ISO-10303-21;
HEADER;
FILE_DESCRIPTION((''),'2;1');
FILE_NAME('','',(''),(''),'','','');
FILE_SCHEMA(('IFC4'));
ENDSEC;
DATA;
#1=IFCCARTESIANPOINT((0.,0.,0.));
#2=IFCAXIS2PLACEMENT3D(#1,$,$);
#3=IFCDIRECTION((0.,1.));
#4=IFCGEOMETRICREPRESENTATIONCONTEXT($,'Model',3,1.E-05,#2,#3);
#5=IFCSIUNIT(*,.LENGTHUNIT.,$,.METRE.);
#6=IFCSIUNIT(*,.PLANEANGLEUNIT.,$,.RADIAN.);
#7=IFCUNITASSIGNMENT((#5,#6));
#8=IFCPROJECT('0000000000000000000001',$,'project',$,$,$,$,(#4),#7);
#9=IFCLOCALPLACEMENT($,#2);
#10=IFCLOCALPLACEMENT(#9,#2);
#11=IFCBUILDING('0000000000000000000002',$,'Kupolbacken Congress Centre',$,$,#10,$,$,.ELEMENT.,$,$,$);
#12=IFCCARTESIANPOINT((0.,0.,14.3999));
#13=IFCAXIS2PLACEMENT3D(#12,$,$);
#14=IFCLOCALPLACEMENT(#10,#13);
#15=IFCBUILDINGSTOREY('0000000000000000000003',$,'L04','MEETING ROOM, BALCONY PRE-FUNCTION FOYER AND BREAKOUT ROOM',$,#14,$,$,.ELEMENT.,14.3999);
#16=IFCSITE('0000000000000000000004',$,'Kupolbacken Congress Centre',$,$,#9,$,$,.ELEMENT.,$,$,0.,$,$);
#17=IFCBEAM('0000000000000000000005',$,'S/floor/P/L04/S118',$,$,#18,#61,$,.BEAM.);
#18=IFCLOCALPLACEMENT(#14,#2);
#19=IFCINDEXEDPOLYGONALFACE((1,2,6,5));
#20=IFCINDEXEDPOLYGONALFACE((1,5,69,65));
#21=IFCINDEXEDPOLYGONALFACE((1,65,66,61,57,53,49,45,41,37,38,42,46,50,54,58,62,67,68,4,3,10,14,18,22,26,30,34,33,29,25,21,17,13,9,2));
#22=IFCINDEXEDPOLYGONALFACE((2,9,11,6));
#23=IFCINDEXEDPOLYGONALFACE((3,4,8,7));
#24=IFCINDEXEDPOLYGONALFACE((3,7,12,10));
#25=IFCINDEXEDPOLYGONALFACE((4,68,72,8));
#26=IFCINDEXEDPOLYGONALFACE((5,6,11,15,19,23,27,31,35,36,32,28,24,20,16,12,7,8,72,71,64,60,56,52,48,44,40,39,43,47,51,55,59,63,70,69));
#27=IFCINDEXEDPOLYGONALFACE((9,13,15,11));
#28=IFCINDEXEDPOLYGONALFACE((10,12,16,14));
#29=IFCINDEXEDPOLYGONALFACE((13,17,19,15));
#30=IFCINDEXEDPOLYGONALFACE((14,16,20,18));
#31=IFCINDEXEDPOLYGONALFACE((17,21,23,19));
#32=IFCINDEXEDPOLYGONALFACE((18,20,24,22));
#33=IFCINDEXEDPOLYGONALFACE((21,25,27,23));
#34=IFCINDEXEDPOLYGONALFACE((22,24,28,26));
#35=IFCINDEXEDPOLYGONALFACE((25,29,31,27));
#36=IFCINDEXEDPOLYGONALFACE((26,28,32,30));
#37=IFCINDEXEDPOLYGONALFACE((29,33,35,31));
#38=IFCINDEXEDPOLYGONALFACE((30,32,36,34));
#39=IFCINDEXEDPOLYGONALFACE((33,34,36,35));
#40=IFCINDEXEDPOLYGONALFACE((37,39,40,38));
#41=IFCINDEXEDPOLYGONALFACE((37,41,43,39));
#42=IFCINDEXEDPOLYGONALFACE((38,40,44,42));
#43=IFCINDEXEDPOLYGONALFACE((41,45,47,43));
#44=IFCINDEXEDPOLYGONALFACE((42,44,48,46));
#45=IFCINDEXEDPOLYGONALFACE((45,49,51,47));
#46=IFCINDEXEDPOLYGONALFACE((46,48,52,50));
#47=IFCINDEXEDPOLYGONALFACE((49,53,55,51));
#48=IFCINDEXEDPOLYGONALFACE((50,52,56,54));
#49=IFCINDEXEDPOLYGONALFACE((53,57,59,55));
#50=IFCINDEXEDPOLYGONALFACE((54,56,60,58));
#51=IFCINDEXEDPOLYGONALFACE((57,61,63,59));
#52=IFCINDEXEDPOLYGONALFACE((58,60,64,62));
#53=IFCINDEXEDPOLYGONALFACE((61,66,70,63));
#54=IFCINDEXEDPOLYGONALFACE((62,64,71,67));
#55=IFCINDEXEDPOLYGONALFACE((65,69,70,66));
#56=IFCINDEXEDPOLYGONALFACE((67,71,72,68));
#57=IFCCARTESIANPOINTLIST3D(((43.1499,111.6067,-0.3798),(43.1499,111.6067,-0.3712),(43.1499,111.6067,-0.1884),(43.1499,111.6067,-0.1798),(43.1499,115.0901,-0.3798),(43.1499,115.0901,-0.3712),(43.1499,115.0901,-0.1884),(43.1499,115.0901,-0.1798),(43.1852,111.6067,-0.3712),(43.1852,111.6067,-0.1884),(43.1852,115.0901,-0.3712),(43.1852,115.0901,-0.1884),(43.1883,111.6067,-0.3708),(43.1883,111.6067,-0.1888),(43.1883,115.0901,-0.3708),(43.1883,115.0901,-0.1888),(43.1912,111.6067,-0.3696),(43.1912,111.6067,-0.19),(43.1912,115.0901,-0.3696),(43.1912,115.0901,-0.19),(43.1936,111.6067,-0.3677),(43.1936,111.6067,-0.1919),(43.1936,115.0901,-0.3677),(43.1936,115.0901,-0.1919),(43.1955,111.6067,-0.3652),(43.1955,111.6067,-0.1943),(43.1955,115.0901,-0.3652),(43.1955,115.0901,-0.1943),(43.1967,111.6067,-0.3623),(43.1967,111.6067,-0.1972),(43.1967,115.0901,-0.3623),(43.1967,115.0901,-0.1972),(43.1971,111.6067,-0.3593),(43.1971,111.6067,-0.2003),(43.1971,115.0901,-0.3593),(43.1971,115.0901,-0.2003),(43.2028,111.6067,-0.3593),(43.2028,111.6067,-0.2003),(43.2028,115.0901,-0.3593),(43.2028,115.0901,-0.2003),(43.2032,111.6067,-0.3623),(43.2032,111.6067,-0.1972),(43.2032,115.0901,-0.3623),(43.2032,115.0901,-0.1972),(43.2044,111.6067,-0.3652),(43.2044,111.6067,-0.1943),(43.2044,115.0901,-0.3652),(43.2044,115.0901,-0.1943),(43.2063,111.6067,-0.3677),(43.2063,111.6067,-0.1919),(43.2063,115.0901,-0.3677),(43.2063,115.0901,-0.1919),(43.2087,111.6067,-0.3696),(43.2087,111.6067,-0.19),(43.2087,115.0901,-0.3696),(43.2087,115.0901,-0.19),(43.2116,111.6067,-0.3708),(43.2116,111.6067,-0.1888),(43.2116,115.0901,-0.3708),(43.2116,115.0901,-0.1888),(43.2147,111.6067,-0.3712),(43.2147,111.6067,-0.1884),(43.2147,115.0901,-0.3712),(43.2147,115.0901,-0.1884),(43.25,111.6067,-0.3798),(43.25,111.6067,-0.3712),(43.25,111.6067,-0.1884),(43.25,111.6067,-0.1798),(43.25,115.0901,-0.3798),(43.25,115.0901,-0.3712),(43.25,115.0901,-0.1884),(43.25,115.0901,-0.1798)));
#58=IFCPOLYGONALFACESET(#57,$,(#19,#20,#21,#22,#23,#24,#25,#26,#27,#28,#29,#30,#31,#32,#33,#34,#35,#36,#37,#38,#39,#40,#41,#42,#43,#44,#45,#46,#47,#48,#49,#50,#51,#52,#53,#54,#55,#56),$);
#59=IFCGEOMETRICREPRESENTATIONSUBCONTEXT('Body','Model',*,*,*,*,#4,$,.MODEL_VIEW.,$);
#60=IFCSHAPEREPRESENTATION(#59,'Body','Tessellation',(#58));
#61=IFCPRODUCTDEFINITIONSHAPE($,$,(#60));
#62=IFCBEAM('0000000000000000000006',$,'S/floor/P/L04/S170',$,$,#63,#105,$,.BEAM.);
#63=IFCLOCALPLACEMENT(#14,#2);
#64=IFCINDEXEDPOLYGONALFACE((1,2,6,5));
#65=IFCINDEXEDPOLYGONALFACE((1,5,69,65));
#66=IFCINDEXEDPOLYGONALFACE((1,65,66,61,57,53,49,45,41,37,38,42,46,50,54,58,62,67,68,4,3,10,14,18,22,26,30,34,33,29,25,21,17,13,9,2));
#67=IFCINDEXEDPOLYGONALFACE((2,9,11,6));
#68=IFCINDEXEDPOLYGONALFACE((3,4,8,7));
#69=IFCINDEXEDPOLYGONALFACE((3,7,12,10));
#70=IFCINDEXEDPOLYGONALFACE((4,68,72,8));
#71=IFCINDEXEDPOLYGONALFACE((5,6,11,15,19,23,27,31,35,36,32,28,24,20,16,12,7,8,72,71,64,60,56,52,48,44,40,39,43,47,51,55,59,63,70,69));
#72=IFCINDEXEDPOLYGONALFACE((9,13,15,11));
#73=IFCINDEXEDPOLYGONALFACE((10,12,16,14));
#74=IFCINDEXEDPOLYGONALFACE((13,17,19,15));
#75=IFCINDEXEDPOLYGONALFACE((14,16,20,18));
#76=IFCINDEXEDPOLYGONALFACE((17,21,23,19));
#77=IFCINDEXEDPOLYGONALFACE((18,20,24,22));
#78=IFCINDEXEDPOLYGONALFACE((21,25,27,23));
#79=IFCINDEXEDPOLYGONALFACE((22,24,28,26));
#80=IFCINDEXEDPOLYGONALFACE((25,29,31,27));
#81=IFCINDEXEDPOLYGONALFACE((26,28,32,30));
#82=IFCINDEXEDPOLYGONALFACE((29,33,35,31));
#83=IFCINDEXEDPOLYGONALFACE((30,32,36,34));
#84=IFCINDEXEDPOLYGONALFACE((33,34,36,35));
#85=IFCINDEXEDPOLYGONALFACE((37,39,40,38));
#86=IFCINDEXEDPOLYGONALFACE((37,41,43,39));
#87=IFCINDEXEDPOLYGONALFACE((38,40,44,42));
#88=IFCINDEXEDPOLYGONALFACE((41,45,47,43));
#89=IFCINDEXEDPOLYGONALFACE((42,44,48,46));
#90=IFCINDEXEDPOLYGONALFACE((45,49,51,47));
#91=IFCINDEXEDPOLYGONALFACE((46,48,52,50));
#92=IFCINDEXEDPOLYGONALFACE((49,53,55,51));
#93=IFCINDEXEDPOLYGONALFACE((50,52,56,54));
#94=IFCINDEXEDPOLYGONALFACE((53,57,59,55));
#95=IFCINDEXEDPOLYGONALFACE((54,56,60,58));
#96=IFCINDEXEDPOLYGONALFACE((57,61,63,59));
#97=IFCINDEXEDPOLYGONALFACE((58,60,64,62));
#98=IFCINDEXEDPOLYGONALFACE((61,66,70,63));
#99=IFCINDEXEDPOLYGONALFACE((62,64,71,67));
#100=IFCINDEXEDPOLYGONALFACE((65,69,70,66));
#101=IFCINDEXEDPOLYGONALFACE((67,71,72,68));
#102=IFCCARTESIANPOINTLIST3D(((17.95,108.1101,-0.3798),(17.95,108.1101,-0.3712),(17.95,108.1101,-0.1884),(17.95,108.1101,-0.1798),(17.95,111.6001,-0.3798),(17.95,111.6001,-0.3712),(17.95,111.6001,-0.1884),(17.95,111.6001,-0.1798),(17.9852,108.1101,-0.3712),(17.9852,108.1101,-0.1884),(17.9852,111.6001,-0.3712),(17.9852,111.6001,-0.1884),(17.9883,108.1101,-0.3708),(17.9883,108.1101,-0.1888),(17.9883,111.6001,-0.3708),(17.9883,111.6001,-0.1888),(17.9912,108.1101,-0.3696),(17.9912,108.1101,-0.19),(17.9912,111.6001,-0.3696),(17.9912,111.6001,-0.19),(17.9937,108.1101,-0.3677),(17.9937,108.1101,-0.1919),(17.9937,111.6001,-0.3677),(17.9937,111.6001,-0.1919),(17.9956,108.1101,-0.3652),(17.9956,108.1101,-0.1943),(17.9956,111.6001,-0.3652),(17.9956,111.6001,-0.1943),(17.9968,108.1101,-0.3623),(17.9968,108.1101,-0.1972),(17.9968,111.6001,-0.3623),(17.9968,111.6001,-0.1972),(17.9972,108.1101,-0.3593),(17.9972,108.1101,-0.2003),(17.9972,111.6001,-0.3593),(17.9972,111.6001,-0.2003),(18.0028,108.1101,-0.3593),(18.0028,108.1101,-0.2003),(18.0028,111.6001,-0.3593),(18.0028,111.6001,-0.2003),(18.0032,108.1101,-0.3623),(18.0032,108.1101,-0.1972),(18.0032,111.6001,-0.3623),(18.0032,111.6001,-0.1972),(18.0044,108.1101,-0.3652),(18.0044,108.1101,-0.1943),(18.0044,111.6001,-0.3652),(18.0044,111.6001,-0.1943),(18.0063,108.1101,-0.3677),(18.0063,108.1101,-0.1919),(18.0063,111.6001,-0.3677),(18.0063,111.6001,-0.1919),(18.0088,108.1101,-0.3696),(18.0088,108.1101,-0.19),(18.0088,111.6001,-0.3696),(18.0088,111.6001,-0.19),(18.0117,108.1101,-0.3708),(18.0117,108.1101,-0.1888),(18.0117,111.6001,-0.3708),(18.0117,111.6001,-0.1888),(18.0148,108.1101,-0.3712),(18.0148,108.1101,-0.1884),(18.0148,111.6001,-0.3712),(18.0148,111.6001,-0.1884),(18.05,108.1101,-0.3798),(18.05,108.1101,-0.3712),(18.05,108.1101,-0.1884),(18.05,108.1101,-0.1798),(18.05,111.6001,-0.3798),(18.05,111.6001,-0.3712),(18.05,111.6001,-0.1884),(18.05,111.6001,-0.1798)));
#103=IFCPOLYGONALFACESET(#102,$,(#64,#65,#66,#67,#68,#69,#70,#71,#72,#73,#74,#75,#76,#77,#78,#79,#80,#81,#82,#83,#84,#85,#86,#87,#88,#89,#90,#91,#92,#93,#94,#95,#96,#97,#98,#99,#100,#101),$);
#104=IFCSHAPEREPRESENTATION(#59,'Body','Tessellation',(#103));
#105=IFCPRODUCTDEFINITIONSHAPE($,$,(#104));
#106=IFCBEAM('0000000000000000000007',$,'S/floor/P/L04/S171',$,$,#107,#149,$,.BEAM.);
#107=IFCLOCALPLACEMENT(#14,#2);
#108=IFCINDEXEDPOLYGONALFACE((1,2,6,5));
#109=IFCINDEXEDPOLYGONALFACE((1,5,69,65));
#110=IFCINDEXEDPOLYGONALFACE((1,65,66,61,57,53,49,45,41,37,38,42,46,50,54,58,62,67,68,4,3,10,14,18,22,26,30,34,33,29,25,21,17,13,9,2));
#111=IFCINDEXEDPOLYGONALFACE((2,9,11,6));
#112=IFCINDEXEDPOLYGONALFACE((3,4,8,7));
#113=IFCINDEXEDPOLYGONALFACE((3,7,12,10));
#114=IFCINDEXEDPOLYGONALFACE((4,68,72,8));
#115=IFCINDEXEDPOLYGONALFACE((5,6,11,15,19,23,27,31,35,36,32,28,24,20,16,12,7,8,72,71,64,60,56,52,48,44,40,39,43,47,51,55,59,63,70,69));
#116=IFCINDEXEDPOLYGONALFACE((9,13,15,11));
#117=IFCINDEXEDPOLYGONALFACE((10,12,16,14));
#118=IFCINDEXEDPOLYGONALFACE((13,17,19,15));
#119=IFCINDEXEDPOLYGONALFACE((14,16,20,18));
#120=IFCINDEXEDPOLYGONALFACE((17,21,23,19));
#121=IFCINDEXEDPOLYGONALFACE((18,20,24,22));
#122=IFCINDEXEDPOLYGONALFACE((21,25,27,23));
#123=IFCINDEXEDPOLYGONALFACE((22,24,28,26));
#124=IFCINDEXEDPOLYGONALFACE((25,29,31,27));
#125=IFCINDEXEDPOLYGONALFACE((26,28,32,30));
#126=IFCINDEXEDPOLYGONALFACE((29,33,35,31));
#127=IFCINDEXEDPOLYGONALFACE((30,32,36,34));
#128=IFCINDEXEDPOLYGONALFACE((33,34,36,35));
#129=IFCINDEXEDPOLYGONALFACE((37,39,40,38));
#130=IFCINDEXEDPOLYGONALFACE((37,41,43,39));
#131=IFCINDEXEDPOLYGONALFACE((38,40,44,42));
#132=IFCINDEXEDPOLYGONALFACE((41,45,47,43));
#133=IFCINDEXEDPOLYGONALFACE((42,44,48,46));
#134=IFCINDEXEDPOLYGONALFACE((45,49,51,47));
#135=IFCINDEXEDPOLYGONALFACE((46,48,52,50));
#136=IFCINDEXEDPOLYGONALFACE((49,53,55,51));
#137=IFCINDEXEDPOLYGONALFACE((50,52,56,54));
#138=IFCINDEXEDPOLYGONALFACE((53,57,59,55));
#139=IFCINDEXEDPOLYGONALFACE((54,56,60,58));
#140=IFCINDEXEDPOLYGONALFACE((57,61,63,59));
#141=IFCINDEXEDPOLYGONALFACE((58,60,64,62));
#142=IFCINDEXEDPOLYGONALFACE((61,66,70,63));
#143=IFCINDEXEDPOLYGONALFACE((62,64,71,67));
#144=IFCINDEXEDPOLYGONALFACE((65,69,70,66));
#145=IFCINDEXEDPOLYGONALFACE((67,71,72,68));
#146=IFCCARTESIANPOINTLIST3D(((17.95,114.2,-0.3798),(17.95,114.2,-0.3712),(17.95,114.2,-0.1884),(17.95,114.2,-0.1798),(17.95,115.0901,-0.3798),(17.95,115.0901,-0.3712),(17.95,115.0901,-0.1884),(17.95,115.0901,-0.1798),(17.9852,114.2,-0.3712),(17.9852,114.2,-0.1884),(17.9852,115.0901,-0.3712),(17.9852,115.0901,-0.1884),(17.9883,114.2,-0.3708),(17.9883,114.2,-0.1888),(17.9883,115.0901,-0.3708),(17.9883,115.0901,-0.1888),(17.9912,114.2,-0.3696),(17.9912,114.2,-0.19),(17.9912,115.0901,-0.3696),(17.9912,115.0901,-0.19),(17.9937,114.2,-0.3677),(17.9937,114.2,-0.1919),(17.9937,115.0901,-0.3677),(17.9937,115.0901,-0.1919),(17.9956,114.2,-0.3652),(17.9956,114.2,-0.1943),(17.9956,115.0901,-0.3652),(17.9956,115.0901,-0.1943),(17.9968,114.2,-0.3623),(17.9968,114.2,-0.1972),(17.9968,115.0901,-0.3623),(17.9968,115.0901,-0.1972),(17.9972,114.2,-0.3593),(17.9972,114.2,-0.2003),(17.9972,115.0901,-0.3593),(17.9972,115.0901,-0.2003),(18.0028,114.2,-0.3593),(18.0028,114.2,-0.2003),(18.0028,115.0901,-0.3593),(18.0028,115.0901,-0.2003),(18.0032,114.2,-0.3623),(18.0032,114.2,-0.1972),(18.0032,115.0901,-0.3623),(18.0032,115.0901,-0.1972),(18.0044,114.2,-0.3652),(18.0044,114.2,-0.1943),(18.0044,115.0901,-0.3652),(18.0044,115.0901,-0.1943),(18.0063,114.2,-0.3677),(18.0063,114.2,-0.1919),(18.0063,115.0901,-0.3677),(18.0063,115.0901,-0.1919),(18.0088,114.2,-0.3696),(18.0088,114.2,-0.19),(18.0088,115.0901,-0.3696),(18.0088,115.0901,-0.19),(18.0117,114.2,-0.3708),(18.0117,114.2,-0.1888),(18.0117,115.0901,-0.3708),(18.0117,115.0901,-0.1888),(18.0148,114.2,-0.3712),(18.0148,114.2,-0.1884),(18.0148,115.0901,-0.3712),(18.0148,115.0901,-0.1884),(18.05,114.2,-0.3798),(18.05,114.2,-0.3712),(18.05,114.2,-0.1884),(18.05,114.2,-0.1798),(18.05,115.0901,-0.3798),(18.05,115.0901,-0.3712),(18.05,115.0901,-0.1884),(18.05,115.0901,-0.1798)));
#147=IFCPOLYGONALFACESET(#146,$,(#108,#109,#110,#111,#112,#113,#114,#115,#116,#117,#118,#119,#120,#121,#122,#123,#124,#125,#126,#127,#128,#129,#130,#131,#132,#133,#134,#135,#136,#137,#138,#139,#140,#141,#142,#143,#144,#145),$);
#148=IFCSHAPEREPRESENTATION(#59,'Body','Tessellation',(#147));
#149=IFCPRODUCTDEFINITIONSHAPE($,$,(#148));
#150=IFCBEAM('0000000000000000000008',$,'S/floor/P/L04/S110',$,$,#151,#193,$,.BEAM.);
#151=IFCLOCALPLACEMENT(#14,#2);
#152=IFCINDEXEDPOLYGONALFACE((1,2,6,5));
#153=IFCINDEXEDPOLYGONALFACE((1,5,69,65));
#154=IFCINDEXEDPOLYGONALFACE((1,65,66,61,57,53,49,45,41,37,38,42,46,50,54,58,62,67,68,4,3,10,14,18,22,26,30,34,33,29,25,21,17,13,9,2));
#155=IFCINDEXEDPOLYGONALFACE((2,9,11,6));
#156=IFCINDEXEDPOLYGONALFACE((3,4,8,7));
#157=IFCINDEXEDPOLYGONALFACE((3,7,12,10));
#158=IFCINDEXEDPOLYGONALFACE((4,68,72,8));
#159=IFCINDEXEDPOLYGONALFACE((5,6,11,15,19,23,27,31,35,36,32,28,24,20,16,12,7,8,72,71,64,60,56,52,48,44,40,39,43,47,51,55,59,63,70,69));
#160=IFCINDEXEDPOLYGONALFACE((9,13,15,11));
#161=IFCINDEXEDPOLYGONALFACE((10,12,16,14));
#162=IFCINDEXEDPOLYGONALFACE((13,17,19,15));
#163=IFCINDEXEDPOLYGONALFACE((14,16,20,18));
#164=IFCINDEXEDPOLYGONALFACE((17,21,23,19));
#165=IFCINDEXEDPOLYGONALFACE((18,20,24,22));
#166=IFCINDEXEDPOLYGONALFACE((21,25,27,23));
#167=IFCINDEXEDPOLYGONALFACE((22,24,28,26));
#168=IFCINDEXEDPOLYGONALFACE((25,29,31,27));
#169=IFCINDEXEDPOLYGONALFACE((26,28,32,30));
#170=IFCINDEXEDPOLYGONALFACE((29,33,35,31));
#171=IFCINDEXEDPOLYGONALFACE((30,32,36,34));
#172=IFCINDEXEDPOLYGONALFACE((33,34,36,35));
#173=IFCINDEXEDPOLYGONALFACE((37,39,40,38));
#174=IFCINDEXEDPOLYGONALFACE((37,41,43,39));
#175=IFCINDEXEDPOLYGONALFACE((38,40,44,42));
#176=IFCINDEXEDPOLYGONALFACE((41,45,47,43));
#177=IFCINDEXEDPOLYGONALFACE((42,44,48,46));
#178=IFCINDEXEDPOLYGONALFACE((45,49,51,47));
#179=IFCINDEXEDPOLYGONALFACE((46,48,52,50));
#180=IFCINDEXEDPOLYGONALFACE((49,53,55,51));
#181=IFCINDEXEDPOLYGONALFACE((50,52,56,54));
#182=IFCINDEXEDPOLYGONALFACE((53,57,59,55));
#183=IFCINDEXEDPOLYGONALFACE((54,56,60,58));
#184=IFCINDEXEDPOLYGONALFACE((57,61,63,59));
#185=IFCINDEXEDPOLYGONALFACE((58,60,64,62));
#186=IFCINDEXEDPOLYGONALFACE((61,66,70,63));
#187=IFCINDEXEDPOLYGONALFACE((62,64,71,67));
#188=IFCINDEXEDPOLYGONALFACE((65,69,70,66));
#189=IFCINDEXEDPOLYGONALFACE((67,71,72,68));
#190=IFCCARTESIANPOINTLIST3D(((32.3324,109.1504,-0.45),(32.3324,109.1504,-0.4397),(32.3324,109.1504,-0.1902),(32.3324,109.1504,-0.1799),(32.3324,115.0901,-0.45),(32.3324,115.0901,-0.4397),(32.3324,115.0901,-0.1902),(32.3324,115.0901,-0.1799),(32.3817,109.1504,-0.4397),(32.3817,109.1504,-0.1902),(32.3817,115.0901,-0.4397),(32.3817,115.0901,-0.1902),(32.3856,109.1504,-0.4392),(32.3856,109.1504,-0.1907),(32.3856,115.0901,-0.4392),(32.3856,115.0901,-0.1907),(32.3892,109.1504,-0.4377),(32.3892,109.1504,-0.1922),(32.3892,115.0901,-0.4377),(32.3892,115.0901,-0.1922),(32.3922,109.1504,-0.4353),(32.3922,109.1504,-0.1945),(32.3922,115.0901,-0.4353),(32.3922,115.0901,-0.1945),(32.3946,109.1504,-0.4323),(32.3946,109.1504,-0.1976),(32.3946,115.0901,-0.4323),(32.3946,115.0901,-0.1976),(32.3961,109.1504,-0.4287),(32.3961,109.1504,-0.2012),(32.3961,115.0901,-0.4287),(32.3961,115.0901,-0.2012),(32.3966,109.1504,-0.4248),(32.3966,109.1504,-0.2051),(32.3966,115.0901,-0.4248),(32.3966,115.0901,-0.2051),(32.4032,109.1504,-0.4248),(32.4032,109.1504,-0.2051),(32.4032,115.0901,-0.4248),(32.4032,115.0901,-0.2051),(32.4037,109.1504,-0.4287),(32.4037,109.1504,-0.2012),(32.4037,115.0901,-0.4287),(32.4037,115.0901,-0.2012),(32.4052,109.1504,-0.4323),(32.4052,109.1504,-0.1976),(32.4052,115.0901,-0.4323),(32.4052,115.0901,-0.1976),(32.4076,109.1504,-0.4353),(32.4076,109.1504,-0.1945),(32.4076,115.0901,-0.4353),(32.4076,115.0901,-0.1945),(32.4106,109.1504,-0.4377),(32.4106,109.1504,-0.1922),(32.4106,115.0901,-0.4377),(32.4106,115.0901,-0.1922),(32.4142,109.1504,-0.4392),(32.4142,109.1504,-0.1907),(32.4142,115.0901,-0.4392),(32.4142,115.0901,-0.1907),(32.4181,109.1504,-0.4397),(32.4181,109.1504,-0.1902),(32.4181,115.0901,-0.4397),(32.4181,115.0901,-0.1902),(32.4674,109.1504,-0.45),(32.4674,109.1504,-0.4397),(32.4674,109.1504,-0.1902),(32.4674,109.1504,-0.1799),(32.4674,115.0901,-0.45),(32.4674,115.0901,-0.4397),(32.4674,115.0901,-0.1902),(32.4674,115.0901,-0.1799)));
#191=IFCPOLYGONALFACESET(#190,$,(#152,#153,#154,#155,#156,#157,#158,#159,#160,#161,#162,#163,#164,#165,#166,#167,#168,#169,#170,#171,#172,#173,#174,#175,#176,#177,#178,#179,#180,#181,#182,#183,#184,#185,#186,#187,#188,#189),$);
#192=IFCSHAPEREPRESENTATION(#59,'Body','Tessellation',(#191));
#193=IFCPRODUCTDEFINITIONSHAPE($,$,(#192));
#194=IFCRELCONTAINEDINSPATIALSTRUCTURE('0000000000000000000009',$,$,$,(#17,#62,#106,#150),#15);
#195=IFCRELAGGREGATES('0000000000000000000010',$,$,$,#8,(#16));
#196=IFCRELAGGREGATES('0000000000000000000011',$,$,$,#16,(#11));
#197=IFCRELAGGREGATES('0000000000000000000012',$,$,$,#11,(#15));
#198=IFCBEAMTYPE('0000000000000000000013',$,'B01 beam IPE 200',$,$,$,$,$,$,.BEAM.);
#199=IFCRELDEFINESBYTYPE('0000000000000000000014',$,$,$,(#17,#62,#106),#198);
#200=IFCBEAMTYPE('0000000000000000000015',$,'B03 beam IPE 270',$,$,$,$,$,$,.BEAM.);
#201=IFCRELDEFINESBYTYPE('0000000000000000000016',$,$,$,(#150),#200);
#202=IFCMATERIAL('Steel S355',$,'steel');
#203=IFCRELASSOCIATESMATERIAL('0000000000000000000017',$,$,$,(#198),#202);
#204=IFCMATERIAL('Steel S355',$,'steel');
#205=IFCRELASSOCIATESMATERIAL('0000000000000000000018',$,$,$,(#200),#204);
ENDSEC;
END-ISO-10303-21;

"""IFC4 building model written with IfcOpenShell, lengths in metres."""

from ifc_helpers import new_model, si_unit, direction, frame, origin, origin_2d, place, context, subcontext, project, spatial, i_section, extrude, material, material_profile, profile_set, type_object, element, save


model = new_model("IFC4")

# Units and contexts
model_context = context("Model", 3, precision=1e-05, world=origin(), true_north=direction((0.0, 1.0)))
body_context = subcontext(model_context, "Body", "Model", "MODEL_VIEW")
ifc_project = project(units=[si_unit("LENGTHUNIT", "METRE"), si_unit("PLANEANGLEUNIT", "RADIAN")], contexts=[model_context])

# Site, building, storey
site_placement = place(None, origin())
site = spatial("IfcSite", under=ifc_project, at=site_placement, Name="Kupolbacken Congress Centre", CompositionType="ELEMENT", RefElevation=0.0)
building_placement = place(site_placement, origin())
building = spatial("IfcBuilding", under=site, at=building_placement, Name="Kupolbacken Congress Centre", CompositionType="ELEMENT")
storey_placement = place(building_placement, frame((0.0, 0.0, 14.3999)))
storey = spatial("IfcBuildingStorey", under=building, at=storey_placement, Name="L04", Description="MEETING ROOM, BALCONY PRE-FUNCTION FOYER AND BREAKOUT ROOM", CompositionType="ELEMENT", Elevation=14.3999)

# Beams
ifc_material_1 = material(Name="Steel S355", Category="steel")
ifc_material_profile_1 = material_profile(ifc_material_1, i_section(OverallWidth=0.1001, OverallDepth=0.2, WebThickness=0.0056, FlangeThickness=0.0085, FilletRadius=0.012, at=origin_2d()), Name="IPE 200")
ifc_profile_set_1 = profile_set([ifc_material_profile_1], Name="Steel S355")
beam_type_1 = type_object("IfcBeamType", Name="B01 beam IPE 200", PredefinedType="BEAM", material=ifc_profile_set_1)
beam_1_placement = place(storey_placement, frame((43.2, 111.6067, -0.2798), z_axis=(0.0, 1.0, 0.0), x_axis=(-1.0, 0.0, 0.0)))
element("IfcBeam", 1, at=beam_1_placement, inside=storey, type_object=beam_type_1, Name="S/floor/P/L04/S118", PredefinedType="BEAM", context=body_context, shape_type="SweptSolid", body=[
    extrude(i_section(OverallWidth=0.1001, OverallDepth=0.2, WebThickness=0.0056, FlangeThickness=0.0085, FilletRadius=0.012, at=origin_2d()), origin(), (0.0, 0.0, 1.0), 3.4834),
])
beam_2_placement = place(storey_placement, frame((18.0, 108.1101, -0.2798), z_axis=(0.0, 1.0, 0.0), x_axis=(-1.0, 0.0, 0.0)))
element("IfcBeam", 2, at=beam_2_placement, inside=storey, type_object=beam_type_1, Name="S/floor/P/L04/S170", PredefinedType="BEAM", context=body_context, shape_type="SweptSolid", body=[
    extrude(i_section(OverallWidth=0.1001, OverallDepth=0.2, WebThickness=0.0056, FlangeThickness=0.0085, FilletRadius=0.012, at=origin_2d()), origin(), (0.0, 0.0, 1.0), 3.49),
])
beam_3_placement = place(storey_placement, frame((18.0, 114.2, -0.2798), z_axis=(0.0, 1.0, 0.0), x_axis=(-1.0, 0.0, 0.0)))
element("IfcBeam", 3, at=beam_3_placement, inside=storey, type_object=beam_type_1, Name="S/floor/P/L04/S171", PredefinedType="BEAM", context=body_context, shape_type="SweptSolid", body=[
    extrude(i_section(OverallWidth=0.1001, OverallDepth=0.2, WebThickness=0.0056, FlangeThickness=0.0085, FilletRadius=0.012, at=origin_2d()), origin(), (0.0, 0.0, 1.0), 0.8901),
])
ifc_material_2 = material(Name="Steel S355", Category="steel")
ifc_material_profile_2 = material_profile(ifc_material_2, i_section(OverallWidth=0.135, OverallDepth=0.27, WebThickness=0.0066, FlangeThickness=0.0103, FilletRadius=0.0149, at=origin_2d()), Name="IPE 270")
ifc_profile_set_2 = profile_set([ifc_material_profile_2], Name="Steel S355")
beam_type_2 = type_object("IfcBeamType", Name="B03 beam IPE 270", PredefinedType="BEAM", material=ifc_profile_set_2)
beam_4_placement = place(storey_placement, frame((32.3999, 109.1504, -0.3149), z_axis=(0.0, 1.0, 0.0), x_axis=(-1.0, 0.0, 0.0)))
element("IfcBeam", 4, at=beam_4_placement, inside=storey, type_object=beam_type_2, Name="S/floor/P/L04/S110", PredefinedType="BEAM", context=body_context, shape_type="SweptSolid", body=[
    extrude(i_section(OverallWidth=0.135, OverallDepth=0.27, WebThickness=0.0066, FlangeThickness=0.0103, FilletRadius=0.0149, at=origin_2d()), origin(), (0.0, 0.0, 1.0), 5.9397),
])

save(model, "model.ifc")
